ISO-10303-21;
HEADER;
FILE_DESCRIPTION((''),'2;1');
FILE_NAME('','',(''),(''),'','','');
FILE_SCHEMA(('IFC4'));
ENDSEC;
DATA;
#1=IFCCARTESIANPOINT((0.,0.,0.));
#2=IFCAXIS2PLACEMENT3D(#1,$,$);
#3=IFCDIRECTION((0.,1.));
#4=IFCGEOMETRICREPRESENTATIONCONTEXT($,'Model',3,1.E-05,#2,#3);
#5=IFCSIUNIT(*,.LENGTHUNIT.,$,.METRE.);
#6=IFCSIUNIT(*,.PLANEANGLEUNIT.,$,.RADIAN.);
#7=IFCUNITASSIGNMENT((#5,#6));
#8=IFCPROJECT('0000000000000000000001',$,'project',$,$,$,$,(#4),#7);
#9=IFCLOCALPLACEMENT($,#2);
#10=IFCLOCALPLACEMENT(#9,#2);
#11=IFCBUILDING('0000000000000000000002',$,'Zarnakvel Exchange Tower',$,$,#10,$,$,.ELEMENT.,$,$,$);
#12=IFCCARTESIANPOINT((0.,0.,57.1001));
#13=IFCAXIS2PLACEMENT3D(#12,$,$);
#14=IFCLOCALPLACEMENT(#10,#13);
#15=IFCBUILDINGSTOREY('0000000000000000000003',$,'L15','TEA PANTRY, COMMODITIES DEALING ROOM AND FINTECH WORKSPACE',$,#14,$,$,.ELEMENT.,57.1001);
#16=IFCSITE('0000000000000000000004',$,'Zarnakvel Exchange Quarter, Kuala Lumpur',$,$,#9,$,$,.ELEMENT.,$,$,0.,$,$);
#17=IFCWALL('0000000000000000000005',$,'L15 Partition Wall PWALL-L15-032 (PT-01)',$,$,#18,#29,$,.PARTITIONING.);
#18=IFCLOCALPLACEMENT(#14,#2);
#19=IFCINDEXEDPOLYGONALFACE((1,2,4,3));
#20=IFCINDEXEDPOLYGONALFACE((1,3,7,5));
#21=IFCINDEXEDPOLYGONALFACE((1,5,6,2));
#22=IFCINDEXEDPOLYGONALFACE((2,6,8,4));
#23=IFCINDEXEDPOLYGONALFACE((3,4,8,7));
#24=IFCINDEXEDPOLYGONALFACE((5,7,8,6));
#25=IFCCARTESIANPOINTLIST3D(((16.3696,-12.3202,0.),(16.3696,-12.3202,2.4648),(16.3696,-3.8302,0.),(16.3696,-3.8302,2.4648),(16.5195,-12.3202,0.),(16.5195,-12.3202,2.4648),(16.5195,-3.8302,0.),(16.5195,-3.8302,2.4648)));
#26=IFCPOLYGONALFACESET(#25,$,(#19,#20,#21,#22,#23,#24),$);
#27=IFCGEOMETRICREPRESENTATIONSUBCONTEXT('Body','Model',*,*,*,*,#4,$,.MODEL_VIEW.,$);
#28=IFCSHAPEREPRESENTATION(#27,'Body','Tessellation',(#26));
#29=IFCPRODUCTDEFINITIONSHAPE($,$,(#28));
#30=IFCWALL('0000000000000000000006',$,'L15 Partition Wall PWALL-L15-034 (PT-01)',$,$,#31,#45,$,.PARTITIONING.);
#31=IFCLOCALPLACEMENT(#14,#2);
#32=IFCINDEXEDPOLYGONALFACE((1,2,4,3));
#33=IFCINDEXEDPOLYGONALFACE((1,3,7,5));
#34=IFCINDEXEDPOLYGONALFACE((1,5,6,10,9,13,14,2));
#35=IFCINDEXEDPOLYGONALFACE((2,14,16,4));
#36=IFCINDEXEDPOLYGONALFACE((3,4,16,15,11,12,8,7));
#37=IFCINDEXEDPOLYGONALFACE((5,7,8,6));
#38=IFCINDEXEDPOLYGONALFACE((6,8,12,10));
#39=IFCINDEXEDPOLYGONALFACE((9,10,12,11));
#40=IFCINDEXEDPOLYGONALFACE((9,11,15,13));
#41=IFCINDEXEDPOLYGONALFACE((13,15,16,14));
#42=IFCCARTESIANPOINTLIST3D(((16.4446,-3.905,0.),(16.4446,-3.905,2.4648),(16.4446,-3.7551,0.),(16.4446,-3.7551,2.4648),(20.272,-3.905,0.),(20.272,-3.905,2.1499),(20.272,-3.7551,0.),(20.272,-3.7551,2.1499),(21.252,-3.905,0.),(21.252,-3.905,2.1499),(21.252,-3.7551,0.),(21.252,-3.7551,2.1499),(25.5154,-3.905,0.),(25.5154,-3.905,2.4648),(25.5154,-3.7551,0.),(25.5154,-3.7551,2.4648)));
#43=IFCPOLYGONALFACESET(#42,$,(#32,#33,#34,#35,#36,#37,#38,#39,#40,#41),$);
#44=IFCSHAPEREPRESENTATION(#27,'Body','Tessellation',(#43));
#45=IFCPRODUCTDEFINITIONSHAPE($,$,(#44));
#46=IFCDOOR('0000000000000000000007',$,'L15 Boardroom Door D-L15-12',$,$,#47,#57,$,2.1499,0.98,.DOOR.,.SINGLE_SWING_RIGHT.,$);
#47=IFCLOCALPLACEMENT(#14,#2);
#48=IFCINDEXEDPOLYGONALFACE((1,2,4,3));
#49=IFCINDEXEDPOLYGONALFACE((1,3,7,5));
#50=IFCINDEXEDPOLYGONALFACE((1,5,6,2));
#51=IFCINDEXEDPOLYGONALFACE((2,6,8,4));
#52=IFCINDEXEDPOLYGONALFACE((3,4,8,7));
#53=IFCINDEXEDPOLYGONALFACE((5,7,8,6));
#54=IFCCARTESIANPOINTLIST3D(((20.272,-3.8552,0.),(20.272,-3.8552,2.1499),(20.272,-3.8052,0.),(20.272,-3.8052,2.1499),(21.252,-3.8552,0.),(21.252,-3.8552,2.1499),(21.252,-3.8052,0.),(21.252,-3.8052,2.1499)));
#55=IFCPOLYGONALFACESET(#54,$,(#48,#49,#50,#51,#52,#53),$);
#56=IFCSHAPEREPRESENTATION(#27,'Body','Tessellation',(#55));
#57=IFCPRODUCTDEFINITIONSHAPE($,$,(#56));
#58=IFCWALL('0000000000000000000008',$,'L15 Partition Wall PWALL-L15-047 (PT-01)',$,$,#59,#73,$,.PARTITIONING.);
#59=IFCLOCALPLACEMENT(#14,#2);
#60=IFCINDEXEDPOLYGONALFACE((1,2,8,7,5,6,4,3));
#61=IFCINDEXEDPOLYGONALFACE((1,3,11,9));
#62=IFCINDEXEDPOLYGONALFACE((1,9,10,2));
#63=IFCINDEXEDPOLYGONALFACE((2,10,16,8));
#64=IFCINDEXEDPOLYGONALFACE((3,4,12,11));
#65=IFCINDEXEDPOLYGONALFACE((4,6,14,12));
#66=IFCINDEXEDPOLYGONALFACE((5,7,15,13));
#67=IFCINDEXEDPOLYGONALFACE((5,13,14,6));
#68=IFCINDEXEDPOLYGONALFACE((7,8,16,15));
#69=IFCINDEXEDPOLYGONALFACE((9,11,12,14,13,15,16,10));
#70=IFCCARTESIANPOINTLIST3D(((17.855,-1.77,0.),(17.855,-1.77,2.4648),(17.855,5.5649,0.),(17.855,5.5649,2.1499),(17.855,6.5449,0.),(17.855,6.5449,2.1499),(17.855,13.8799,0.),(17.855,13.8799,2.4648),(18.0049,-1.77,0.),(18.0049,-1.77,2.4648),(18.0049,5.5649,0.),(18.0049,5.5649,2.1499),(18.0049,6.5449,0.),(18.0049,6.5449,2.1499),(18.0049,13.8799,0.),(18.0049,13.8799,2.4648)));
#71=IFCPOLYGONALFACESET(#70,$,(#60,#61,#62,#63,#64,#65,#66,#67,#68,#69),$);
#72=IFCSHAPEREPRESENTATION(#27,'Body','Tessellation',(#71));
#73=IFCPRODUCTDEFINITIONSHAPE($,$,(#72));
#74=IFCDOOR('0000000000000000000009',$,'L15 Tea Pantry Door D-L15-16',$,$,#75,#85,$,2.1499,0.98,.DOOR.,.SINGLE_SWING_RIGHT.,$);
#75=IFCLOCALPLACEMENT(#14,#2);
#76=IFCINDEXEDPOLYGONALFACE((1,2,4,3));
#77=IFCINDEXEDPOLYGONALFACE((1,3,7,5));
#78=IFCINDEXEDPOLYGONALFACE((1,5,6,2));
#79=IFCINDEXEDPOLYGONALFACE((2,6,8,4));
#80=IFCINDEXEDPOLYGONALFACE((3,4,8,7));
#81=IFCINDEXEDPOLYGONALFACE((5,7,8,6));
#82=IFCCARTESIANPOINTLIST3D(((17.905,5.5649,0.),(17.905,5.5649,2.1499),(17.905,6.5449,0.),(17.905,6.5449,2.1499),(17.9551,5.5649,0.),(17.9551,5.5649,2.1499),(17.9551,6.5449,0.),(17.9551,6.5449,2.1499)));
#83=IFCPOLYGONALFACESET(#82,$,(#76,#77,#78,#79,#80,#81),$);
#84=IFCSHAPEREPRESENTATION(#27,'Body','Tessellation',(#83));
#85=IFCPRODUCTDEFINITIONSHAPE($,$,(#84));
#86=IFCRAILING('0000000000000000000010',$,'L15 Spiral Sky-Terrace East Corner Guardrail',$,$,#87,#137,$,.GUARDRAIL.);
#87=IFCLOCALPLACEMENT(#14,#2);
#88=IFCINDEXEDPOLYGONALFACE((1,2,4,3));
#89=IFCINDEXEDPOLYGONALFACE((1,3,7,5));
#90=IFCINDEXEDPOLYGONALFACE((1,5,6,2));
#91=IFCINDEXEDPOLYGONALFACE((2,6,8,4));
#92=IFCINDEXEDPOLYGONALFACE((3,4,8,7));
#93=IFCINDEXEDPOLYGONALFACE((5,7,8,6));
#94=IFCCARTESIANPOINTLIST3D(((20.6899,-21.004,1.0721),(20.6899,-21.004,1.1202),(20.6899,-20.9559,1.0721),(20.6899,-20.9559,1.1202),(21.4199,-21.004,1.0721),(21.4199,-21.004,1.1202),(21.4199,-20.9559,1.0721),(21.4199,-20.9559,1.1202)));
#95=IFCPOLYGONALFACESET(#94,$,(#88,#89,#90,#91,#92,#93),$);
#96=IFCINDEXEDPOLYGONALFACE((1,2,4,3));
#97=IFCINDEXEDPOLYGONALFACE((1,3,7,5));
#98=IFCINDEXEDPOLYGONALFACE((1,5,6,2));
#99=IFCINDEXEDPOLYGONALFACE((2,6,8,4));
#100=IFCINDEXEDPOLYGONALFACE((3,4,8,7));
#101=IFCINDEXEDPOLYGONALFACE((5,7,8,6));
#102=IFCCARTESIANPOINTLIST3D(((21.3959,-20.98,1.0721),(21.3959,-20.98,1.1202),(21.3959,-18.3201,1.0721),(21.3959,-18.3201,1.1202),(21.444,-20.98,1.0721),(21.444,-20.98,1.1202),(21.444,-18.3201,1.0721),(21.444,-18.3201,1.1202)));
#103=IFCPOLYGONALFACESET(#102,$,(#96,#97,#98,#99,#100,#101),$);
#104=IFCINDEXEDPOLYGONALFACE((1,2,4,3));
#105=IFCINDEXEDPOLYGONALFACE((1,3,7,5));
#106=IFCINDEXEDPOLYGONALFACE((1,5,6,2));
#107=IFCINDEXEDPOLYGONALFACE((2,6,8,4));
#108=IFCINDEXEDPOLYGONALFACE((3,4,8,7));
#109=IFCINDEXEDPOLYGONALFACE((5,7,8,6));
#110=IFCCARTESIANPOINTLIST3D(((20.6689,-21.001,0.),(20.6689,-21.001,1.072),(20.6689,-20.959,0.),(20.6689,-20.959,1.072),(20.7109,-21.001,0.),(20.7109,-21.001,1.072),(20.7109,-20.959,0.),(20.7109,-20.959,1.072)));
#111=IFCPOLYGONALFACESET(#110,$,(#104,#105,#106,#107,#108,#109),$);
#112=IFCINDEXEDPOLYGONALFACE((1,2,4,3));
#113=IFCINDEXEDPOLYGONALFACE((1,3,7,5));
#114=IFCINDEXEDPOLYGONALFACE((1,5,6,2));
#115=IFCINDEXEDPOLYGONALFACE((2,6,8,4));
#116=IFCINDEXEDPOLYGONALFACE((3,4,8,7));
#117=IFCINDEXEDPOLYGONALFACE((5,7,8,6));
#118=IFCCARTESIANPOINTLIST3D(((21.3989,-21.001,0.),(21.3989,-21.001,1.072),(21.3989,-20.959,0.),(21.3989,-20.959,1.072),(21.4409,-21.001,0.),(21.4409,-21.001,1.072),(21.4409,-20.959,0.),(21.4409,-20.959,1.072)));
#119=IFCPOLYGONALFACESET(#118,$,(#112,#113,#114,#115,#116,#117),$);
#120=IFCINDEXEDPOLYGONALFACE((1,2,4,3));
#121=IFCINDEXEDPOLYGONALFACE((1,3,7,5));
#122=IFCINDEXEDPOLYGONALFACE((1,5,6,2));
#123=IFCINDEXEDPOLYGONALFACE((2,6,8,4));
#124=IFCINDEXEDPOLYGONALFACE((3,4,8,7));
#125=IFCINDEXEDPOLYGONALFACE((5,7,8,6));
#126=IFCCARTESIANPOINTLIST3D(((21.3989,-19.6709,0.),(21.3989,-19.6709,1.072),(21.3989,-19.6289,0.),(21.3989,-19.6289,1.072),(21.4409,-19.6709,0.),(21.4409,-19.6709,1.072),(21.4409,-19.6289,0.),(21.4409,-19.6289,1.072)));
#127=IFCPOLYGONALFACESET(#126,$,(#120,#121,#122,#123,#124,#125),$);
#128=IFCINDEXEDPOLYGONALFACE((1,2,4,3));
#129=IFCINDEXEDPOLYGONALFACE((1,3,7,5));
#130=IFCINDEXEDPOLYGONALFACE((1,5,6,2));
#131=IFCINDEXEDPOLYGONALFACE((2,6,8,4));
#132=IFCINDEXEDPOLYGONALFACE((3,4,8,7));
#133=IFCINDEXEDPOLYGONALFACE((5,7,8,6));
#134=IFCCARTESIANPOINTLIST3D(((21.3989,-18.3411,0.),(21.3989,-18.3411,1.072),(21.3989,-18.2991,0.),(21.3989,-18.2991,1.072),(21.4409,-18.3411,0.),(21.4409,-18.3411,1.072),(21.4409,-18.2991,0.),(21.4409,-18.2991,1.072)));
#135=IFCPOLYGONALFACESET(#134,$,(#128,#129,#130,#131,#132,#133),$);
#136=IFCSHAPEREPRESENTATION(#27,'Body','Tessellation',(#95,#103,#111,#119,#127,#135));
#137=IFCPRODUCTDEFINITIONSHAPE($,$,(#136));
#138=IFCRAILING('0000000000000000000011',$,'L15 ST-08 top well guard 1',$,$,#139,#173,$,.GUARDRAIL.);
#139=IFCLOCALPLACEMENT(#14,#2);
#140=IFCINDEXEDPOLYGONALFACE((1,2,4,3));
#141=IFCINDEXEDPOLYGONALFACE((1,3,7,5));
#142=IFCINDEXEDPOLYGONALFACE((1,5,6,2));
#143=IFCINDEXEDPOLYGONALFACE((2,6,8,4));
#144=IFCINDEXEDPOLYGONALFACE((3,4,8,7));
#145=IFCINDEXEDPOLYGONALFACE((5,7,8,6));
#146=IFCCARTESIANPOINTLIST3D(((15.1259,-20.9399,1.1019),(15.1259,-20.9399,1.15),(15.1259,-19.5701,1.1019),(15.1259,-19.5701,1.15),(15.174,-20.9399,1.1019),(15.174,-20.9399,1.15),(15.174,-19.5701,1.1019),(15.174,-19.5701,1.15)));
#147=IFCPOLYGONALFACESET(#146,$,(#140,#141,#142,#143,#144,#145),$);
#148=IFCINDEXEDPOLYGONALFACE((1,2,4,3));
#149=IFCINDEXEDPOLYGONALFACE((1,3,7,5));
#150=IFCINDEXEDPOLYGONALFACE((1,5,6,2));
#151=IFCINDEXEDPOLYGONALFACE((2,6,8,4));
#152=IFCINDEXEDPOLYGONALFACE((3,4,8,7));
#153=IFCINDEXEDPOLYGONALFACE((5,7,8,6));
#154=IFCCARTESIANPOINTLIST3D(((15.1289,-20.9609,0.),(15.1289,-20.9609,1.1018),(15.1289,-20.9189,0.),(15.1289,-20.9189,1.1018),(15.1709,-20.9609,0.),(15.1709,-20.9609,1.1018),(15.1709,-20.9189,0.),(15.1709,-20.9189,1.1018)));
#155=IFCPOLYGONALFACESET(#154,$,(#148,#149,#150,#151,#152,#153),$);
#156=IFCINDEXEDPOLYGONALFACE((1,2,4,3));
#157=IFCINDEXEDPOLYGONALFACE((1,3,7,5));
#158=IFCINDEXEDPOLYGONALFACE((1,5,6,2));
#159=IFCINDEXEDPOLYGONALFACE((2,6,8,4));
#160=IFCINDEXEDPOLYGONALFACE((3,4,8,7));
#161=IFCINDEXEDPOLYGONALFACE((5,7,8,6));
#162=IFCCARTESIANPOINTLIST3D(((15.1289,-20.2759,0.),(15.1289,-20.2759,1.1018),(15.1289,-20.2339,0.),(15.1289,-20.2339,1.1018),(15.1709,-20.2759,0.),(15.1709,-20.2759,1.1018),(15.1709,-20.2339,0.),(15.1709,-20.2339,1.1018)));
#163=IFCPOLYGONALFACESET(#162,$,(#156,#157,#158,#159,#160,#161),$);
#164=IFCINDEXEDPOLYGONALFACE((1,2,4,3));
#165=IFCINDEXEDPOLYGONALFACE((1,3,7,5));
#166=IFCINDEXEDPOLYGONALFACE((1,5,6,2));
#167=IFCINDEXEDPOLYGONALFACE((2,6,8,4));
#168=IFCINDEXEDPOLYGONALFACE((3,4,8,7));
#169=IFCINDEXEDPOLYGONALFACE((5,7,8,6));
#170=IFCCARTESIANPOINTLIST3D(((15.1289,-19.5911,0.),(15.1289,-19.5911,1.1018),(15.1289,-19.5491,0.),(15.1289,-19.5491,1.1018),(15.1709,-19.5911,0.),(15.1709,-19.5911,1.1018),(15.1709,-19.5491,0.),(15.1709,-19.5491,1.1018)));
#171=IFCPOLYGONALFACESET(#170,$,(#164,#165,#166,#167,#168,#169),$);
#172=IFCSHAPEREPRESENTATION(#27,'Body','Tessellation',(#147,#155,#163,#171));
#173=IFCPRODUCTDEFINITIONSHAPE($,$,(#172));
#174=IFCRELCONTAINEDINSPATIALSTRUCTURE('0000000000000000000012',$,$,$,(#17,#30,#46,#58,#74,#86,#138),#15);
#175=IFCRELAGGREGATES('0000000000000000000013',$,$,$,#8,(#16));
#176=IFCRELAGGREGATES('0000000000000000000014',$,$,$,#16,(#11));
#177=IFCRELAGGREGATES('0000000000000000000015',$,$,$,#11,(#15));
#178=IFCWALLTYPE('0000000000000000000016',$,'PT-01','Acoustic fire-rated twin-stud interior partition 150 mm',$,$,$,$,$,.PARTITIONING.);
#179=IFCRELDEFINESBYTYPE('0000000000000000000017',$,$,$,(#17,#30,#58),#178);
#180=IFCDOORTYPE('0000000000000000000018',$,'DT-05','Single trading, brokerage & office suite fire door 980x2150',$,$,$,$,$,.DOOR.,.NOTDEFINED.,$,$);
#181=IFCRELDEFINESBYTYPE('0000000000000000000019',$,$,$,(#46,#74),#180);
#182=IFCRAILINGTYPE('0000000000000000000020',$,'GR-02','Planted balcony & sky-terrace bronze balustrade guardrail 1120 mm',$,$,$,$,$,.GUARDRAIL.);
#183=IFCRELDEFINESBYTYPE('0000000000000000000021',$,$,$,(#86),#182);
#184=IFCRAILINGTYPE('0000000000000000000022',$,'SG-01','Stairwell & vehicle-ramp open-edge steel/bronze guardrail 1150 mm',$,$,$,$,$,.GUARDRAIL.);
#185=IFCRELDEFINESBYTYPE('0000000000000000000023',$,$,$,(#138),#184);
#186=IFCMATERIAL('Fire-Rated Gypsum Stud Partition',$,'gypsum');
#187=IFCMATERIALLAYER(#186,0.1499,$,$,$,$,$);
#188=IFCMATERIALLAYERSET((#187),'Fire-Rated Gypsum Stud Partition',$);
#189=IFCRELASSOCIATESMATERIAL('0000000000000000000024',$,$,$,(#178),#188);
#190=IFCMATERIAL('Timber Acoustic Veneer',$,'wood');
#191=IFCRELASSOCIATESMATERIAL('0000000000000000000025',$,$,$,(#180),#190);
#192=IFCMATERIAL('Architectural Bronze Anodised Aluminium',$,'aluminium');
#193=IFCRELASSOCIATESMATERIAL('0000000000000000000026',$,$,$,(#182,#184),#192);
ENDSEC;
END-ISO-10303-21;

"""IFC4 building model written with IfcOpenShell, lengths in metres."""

from ifc_helpers import new_model, si_unit, direction, frame, frame_2d, origin, origin_2d, place, context, subcontext, project, spatial, rectangle, extrude, source, transform, mapped, material, layer, layer_set, type_object, element, fill, save


model = new_model("IFC4")

# Units and contexts
model_context = context("Model", 3, precision=1e-05, world=origin(), true_north=direction((0.0, 1.0)))
body_context = subcontext(model_context, "Body", "Model", "MODEL_VIEW")
ifc_project = project(units=[si_unit("LENGTHUNIT", "METRE"), si_unit("PLANEANGLEUNIT", "RADIAN")], contexts=[model_context])

# Site, building, storey
site_placement = place(None, origin())
site = spatial("IfcSite", under=ifc_project, at=site_placement, Name="Zarnakvel Exchange Quarter, Kuala Lumpur", CompositionType="ELEMENT", RefElevation=0.0)
building_placement = place(site_placement, origin())
building = spatial("IfcBuilding", under=site, at=building_placement, Name="Zarnakvel Exchange Tower", CompositionType="ELEMENT")
storey_placement = place(building_placement, frame((0.0, 0.0, 57.1001)))
storey = spatial("IfcBuildingStorey", under=building, at=storey_placement, Name="L15", Description="TEA PANTRY, COMMODITIES DEALING ROOM AND FINTECH WORKSPACE", CompositionType="ELEMENT", Elevation=57.1001)

# Shared definitions
ifc_material_1 = material(Name="Architectural Bronze Anodised Aluminium", Category="aluminium")

# Shared definitions
ifc_material_2 = material(Name="Fire-Rated Gypsum Stud Partition", Category="gypsum")
ifc_layer_1 = layer(ifc_material_2, 0.1499)
ifc_layer_set_1 = layer_set([ifc_layer_1], Name="Fire-Rated Gypsum Stud Partition")
wall_type_1 = type_object("IfcWallType", Name="PT-01", Description="Acoustic fire-rated twin-stud interior partition 150 mm", PredefinedType="PARTITIONING", material=ifc_layer_set_1)
ifc_material_3 = material(Name="Timber Acoustic Veneer", Category="wood")
door_type_1 = type_object("IfcDoorType", Name="DT-05", Description="Single trading, brokerage & office suite fire door 980x2150", OperationType="NOTDEFINED", PredefinedType="DOOR", material=ifc_material_3)
shared_shape_1 = source(origin(), body_context, "Body", "SweptSolid", [
    extrude(rectangle(XDim=0.98, YDim=2.1499, at=frame_2d((0.49, 1.075))), frame((0.0, 0.0249, 0.0), z_axis=(0.0, -1.0, 0.0), x_axis=(1.0, 0.0, 0.0)), (0.0, 0.0, 1.0), 0.05),
])

# Wall
wall_1_placement = place(storey_placement, frame((16.4446, -3.8301, 0.0), z_axis=(0.0, 0.0, 1.0), x_axis=(0.0, -1.0, 0.0)))
element("IfcWall", 1, at=wall_1_placement, inside=storey, type_object=wall_type_1, Name="L15 Partition Wall PWALL-L15-032 (PT-01)", PredefinedType="PARTITIONING", context=body_context, shape_type="SweptSolid", body=[
    extrude(rectangle(XDim=8.49, YDim=0.1499, at=frame_2d((4.2451, 0.0))), origin(), (0.0, 0.0, 1.0), 2.4648),
])

# Walls, openings, doors
wall_2_placement = place(storey_placement, frame((16.4446, -3.8301, 0.0), z_axis=(0.0, 0.0, 1.0), x_axis=(1.0, 0.0, 0.0)))
wall_2 = element("IfcWall", 2, at=wall_2_placement, inside=storey, type_object=wall_type_1, Name="L15 Partition Wall PWALL-L15-034 (PT-01)", PredefinedType="PARTITIONING", context=body_context, shape_type="SweptSolid", body=[
    extrude(rectangle(XDim=9.0708, YDim=0.1499, at=frame_2d((4.5354, 0.0))), origin(), (0.0, 0.0, 1.0), 2.4648),
])
opening_1_placement = place(wall_2_placement, frame((3.8274, 0.0, 0.0)))
opening_1 = element("IfcOpeningElement", 3, at=opening_1_placement, cuts=wall_2, PredefinedType="OPENING", context=body_context, shape_type="SweptSolid", body=[
    extrude(rectangle(XDim=0.98, YDim=2.1499, at=frame_2d((0.49, 1.075))), frame((0.0, 0.085, 0.0), z_axis=(0.0, -1.0, 0.0), x_axis=(1.0, 0.0, 0.0)), (0.0, 0.0, 1.0), 0.1699),
])
door_1_placement = place(opening_1_placement, origin())
door_1 = element("IfcDoor", 4, at=door_1_placement, inside=storey, type_object=door_type_1, Name="L15 Boardroom Door D-L15-12", OperationType="SINGLE_SWING_RIGHT", OverallHeight=2.1499, OverallWidth=0.98, PredefinedType="DOOR", context=body_context, shape_type="MappedRepresentation", body=[
    mapped(shared_shape_1, transform((0.0, 0.0, 0.0), x_axis=(1.0, 0.0, 0.0), y_axis=(0.0, 1.0, 0.0), z_axis=(0.0, 0.0, 1.0), scale=1.0)),
])
fill(opening_1, door_1)
wall_3_placement = place(storey_placement, frame((17.9299, -1.77, 0.0), z_axis=(0.0, 0.0, 1.0), x_axis=(0.0, 1.0, 0.0)))
wall_3 = element("IfcWall", 5, at=wall_3_placement, inside=storey, type_object=wall_type_1, Name="L15 Partition Wall PWALL-L15-047 (PT-01)", PredefinedType="PARTITIONING", context=body_context, shape_type="SweptSolid", body=[
    extrude(rectangle(XDim=15.6499, YDim=0.1499, at=frame_2d((7.825, 0.0))), origin(), (0.0, 0.0, 1.0), 2.4648),
])
opening_2_placement = place(wall_3_placement, frame((7.335, 0.0, 0.0)))
opening_2 = element("IfcOpeningElement", 6, at=opening_2_placement, cuts=wall_3, PredefinedType="OPENING", context=body_context, shape_type="SweptSolid", body=[
    extrude(rectangle(XDim=0.98, YDim=2.1499, at=frame_2d((0.49, 1.075))), frame((0.0, 0.085, 0.0), z_axis=(0.0, -1.0, 0.0), x_axis=(1.0, 0.0, 0.0)), (0.0, 0.0, 1.0), 0.1699),
])
door_2_placement = place(opening_2_placement, origin())
door_2 = element("IfcDoor", 7, at=door_2_placement, inside=storey, type_object=door_type_1, Name="L15 Tea Pantry Door D-L15-16", OperationType="SINGLE_SWING_RIGHT", OverallHeight=2.1499, OverallWidth=0.98, PredefinedType="DOOR", context=body_context, shape_type="MappedRepresentation", body=[
    mapped(shared_shape_1, transform((0.0, 0.0, 0.0), x_axis=(1.0, 0.0, 0.0), y_axis=(0.0, 1.0, 0.0), z_axis=(0.0, 0.0, 1.0), scale=1.0)),
])
fill(opening_2, door_2)

# Railings
railing_type_1 = type_object("IfcRailingType", Name="GR-02", Description="Planted balcony & sky-terrace bronze balustrade guardrail 1120 mm", PredefinedType="GUARDRAIL", material=ifc_material_1)
railing_1_placement = place(storey_placement, frame((20.6899, -20.98, 0.0)))
element("IfcRailing", 8, at=railing_1_placement, inside=storey, type_object=railing_type_1, Name="L15 Spiral Sky-Terrace East Corner Guardrail", PredefinedType="GUARDRAIL", context=body_context, shape_type="SweptSolid", body=[
    extrude(rectangle(XDim=0.0481, YDim=0.0481, at=origin_2d()), frame((0.0, 0.0, 1.0962), z_axis=(1.0, 0.0, 0.0), x_axis=(0.0, 1.0, 0.0)), (0.0, 0.0, 1.0), 0.73),
    extrude(rectangle(XDim=0.0481, YDim=0.0481, at=origin_2d()), frame((0.73, 0.0, 1.0962), z_axis=(0.0, 1.0, 0.0), x_axis=(-1.0, 0.0, 0.0)), (0.0, 0.0, 1.0), 2.6599),
    extrude(rectangle(XDim=0.042, YDim=0.042, at=origin_2d()), origin(), (0.0, 0.0, 1.0), 1.072),
    extrude(rectangle(XDim=0.042, YDim=0.042, at=origin_2d()), frame((0.73, 0.0, 0.0)), (0.0, 0.0, 1.0), 1.072),
    extrude(rectangle(XDim=0.042, YDim=0.042, at=origin_2d()), frame((0.73, 1.3301, 0.0)), (0.0, 0.0, 1.0), 1.072),
    extrude(rectangle(XDim=0.042, YDim=0.042, at=origin_2d()), frame((0.73, 2.6599, 0.0)), (0.0, 0.0, 1.0), 1.072),
])
railing_type_2 = type_object("IfcRailingType", Name="SG-01", Description="Stairwell & vehicle-ramp open-edge steel/bronze guardrail 1150 mm", PredefinedType="GUARDRAIL", material=ifc_material_1)
railing_2_placement = place(storey_placement, frame((15.1499, -20.9399, 0.0)))
element("IfcRailing", 9, at=railing_2_placement, inside=storey, type_object=railing_type_2, Name="L15 ST-08 top well guard 1", PredefinedType="GUARDRAIL", context=body_context, shape_type="SweptSolid", body=[
    extrude(rectangle(XDim=0.0481, YDim=0.0481, at=origin_2d()), frame((0.0, 0.0, 1.126), z_axis=(0.0, 1.0, 0.0), x_axis=(-1.0, 0.0, 0.0)), (0.0, 0.0, 1.0), 1.3699),
    extrude(rectangle(XDim=0.042, YDim=0.042, at=origin_2d()), origin(), (0.0, 0.0, 1.0), 1.1018),
    extrude(rectangle(XDim=0.042, YDim=0.042, at=origin_2d()), frame((0.0, 0.6851, 0.0)), (0.0, 0.0, 1.0), 1.1018),
    extrude(rectangle(XDim=0.042, YDim=0.042, at=origin_2d()), frame((0.0, 1.3699, 0.0)), (0.0, 0.0, 1.0), 1.1018),
])

save(model, "model.ifc")
